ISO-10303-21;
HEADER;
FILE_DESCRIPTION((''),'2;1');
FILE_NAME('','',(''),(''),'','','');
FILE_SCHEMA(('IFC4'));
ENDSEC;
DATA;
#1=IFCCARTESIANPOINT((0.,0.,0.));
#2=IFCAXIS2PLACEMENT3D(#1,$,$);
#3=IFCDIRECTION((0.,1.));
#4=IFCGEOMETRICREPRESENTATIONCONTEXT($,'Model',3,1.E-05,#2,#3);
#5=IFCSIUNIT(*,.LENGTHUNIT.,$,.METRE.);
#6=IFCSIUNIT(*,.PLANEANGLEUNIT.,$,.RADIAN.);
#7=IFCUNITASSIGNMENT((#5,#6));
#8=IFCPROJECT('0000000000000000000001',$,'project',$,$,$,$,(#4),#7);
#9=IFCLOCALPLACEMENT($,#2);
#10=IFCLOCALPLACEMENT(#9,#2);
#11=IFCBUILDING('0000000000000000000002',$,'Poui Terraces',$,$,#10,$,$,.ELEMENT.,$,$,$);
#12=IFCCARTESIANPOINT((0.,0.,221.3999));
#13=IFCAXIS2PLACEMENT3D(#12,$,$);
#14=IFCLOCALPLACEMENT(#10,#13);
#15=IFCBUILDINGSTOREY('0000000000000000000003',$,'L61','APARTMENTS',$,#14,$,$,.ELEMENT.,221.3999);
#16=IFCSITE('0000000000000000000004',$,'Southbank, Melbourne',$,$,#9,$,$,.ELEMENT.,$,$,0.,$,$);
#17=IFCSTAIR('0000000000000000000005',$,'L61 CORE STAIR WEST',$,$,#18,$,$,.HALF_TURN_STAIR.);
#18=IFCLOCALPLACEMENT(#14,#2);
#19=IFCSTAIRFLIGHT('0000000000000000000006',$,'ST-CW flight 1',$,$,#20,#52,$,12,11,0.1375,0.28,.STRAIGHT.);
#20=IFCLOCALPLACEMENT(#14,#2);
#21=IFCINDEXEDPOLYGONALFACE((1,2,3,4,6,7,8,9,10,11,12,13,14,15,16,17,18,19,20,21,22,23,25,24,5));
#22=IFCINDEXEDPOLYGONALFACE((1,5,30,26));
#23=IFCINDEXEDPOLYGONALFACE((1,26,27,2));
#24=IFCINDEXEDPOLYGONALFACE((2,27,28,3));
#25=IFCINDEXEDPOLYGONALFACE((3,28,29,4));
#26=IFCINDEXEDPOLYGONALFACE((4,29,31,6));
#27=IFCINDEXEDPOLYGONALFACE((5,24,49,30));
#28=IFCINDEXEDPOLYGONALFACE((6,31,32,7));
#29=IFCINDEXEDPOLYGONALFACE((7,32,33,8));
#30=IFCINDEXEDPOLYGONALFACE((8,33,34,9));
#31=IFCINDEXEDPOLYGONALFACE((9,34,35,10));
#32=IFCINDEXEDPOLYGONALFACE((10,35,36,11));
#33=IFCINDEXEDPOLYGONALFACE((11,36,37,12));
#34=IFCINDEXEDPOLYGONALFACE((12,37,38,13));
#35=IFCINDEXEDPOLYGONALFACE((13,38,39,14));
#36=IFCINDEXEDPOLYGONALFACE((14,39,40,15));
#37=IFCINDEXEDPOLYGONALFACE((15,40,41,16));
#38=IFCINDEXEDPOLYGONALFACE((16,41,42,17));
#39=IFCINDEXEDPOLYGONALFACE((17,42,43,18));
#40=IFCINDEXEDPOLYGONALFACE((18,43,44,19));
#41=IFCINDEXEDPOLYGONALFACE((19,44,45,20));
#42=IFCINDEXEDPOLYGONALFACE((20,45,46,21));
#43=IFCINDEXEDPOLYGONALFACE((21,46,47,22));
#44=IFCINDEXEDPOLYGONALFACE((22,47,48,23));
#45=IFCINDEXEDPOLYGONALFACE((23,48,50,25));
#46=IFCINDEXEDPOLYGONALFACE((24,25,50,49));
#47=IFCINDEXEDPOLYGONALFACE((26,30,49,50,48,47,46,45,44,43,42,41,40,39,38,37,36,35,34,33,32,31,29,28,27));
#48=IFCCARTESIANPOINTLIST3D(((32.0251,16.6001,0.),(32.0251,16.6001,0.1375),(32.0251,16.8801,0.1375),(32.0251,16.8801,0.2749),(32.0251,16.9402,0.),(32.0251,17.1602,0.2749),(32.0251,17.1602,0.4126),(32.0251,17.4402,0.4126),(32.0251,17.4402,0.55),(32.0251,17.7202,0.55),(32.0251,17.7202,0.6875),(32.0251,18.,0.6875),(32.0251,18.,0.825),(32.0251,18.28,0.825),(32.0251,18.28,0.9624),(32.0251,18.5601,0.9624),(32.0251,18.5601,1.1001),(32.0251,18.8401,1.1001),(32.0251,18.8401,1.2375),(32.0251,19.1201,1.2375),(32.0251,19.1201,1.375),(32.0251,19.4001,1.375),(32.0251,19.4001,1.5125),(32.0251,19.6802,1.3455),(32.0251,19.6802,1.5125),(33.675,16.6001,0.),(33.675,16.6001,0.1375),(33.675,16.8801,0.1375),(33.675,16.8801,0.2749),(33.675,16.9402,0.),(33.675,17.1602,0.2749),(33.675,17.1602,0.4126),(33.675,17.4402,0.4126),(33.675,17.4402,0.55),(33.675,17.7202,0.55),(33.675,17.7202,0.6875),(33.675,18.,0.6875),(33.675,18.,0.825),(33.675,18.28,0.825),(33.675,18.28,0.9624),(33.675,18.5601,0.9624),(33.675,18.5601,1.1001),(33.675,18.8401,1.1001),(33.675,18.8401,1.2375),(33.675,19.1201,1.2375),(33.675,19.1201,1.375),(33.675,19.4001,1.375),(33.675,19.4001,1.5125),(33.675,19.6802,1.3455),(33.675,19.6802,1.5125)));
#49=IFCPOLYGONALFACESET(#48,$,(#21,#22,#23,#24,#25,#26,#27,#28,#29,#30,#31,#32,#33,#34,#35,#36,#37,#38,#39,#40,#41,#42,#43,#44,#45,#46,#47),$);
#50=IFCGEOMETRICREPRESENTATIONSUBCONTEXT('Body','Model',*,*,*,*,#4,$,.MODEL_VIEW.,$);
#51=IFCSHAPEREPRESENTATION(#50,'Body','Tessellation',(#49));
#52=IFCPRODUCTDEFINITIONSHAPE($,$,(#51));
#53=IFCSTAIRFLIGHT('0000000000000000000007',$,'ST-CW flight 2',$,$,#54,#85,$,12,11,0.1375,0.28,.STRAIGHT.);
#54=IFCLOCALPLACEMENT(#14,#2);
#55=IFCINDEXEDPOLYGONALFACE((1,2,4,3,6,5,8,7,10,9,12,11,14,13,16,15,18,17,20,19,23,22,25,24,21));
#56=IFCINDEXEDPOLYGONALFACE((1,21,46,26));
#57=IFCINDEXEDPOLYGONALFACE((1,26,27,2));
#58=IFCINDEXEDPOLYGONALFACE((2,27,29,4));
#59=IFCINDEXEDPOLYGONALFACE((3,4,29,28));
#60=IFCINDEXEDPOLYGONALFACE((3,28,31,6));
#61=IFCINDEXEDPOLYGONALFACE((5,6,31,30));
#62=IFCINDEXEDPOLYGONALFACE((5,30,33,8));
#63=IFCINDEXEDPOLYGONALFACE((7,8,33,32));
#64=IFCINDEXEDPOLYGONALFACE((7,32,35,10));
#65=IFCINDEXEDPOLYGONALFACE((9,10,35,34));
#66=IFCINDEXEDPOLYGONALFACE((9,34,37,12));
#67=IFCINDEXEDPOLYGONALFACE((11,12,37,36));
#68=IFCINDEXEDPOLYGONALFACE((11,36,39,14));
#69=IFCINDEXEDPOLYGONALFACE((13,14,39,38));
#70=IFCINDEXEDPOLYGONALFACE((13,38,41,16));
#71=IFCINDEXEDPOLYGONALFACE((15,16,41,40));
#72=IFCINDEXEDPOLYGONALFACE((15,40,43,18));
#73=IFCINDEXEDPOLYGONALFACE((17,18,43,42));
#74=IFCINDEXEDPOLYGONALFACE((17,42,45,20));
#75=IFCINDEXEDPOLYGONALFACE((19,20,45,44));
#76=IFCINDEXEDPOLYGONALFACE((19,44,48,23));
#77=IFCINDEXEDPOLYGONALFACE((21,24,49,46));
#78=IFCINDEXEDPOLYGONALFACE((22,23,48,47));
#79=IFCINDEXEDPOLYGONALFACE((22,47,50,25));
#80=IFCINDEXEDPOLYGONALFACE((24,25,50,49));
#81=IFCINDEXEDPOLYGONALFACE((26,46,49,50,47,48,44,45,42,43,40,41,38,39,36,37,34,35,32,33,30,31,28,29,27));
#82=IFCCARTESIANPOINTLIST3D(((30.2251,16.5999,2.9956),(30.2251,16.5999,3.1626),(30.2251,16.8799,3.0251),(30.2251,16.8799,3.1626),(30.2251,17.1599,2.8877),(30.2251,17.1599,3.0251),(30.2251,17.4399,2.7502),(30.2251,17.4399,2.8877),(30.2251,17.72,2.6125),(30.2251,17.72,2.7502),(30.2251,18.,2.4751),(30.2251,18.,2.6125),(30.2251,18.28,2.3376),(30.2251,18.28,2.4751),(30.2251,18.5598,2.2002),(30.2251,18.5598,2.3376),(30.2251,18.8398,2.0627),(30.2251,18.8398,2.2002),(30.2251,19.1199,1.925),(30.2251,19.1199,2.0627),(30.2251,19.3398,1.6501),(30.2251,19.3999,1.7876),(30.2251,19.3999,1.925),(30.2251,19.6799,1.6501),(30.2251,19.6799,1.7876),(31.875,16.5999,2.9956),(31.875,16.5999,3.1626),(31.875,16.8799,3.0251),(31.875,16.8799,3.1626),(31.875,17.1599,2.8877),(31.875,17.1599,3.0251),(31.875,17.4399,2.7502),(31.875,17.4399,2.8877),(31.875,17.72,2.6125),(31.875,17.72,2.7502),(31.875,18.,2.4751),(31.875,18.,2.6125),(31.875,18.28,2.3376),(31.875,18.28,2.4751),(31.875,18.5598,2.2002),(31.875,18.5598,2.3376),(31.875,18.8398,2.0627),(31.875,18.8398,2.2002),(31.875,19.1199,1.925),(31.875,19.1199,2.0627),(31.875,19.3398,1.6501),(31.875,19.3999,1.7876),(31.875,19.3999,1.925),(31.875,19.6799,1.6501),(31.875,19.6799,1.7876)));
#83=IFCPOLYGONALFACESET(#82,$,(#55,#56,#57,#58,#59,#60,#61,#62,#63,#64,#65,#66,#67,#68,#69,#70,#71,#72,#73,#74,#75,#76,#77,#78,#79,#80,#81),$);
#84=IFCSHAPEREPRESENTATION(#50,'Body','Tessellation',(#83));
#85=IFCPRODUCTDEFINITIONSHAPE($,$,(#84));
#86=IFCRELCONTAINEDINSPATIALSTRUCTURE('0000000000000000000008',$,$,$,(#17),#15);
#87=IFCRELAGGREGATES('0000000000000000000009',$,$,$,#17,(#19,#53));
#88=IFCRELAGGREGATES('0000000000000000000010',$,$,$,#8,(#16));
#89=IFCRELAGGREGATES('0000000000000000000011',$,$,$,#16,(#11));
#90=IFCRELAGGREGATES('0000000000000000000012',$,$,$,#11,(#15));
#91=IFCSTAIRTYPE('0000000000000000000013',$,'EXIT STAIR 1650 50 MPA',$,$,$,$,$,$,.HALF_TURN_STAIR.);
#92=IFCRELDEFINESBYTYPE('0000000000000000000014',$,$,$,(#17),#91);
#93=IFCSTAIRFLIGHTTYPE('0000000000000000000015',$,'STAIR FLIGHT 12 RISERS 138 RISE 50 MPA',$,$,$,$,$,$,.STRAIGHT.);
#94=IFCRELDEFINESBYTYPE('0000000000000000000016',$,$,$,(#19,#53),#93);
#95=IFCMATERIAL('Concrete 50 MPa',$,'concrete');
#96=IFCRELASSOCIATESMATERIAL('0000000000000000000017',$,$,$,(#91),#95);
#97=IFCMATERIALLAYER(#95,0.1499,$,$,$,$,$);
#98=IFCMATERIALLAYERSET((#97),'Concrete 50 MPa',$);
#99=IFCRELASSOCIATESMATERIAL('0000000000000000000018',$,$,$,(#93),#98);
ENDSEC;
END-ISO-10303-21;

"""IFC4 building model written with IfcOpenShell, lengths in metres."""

from ifc_helpers import new_model, si_unit, direction, frame, origin, place, context, subcontext, project, spatial, polyline, outline, extrude, material, layer, layer_set, type_object, element, aggregate, save


model = new_model("IFC4")

# Units and contexts
model_context = context("Model", 3, precision=1e-05, world=origin(), true_north=direction((0.0, 1.0)))
body_context = subcontext(model_context, "Body", "Model", "MODEL_VIEW")
ifc_project = project(units=[si_unit("LENGTHUNIT", "METRE"), si_unit("PLANEANGLEUNIT", "RADIAN")], contexts=[model_context])

# Site, building, storey
site_placement = place(None, origin())
site = spatial("IfcSite", under=ifc_project, at=site_placement, Name="Southbank, Melbourne", CompositionType="ELEMENT", RefElevation=0.0)
building_placement = place(site_placement, origin())
building = spatial("IfcBuilding", under=site, at=building_placement, Name="Poui Terraces", CompositionType="ELEMENT")
storey_placement = place(building_placement, frame((0.0, 0.0, 221.3999)))
storey = spatial("IfcBuildingStorey", under=building, at=storey_placement, Name="L61", Description="APARTMENTS", CompositionType="ELEMENT", Elevation=221.3999)

# Shared definitions
ifc_material_1 = material(Name="Concrete 50 MPa", Category="concrete")

# Stair, stair flights
stair_type = type_object("IfcStairType", Name="EXIT STAIR 1650 50 MPA", PredefinedType="HALF_TURN_STAIR", material=ifc_material_1)
stair_placement = place(storey_placement, origin())
stair = element("IfcStair", 1, at=stair_placement, inside=storey, type_object=stair_type, Name="L61 CORE STAIR WEST", PredefinedType="HALF_TURN_STAIR")
ifc_layer_1 = layer(ifc_material_1, 0.1499)
ifc_layer_set_1 = layer_set([ifc_layer_1], Name="Concrete 50 MPa")
stair_flight_type = type_object("IfcStairFlightType", Name="STAIR FLIGHT 12 RISERS 138 RISE 50 MPA", PredefinedType="STRAIGHT", material=ifc_layer_set_1)
stair_flight_1_placement = place(storey_placement, frame((32.8501, 16.6001, 0.0), z_axis=(0.0, 0.0, 1.0), x_axis=(0.0, 1.0, 0.0)))
stair_flight_1 = element("IfcStairFlight", 2, at=stair_flight_1_placement, type_object=stair_flight_type, Name="ST-CW flight 1", NumberOfRisers=12, NumberOfTreads=11, PredefinedType="STRAIGHT", RiserHeight=0.1375, TreadLength=0.28, context=body_context, shape_type="SweptSolid", body=[
    extrude(outline(polyline([(0.0, 0.0), (0.0, 0.1375), (0.28, 0.1375), (0.28, 0.2749), (0.5601, 0.2749), (0.5601, 0.4126), (0.8401, 0.4126), (0.8401, 0.55), (1.1201, 0.55), (1.1201, 0.6875), (1.3999, 0.6875), (1.3999, 0.825), (1.6799, 0.825), (1.6799, 0.9624), (1.96, 0.9624), (1.96, 1.1001), (2.24, 1.1001), (2.24, 1.2375), (2.52, 1.2375), (2.52, 1.375), (2.8, 1.375), (2.8, 1.5125), (3.0801, 1.5125), (3.0801, 1.6499), (3.0801, 1.3455), (0.3401, 0.0), (0.0, 0.0)])), frame((0.0, 0.825, 0.0), z_axis=(0.0, -1.0, 0.0), x_axis=(1.0, 0.0, 0.0)), (0.0, 0.0, 1.0), 1.6499),
])
stair_flight_2_placement = place(storey_placement, frame((31.05, 19.6799, 1.6501), z_axis=(0.0, 0.0, 1.0), x_axis=(0.0, -1.0, 0.0)))
stair_flight_2 = element("IfcStairFlight", 3, at=stair_flight_2_placement, type_object=stair_flight_type, Name="ST-CW flight 2", NumberOfRisers=12, NumberOfTreads=11, PredefinedType="STRAIGHT", RiserHeight=0.1375, TreadLength=0.28, context=body_context, shape_type="SweptSolid", body=[
    extrude(outline(polyline([(0.0, 0.0), (0.0, 0.1375), (0.28, 0.1375), (0.28, 0.2749), (0.5601, 0.2749), (0.5601, 0.4126), (0.8401, 0.4126), (0.8401, 0.55), (1.1201, 0.55), (1.1201, 0.6875), (1.3999, 0.6875), (1.3999, 0.825), (1.6799, 0.825), (1.6799, 0.9624), (1.96, 0.9624), (1.96, 1.1001), (2.24, 1.1001), (2.24, 1.2375), (2.52, 1.2375), (2.52, 1.375), (2.8, 1.375), (2.8, 1.5125), (3.0801, 1.5125), (3.0801, 1.6499), (3.0801, 1.3455), (0.3401, 0.0), (0.0, 0.0)])), frame((0.0, 0.825, 0.0), z_axis=(0.0, -1.0, 0.0), x_axis=(1.0, 0.0, 0.0)), (0.0, 0.0, 1.0), 1.6499),
])
aggregate(stair, [stair_flight_1, stair_flight_2])

save(model, "model.ifc")
